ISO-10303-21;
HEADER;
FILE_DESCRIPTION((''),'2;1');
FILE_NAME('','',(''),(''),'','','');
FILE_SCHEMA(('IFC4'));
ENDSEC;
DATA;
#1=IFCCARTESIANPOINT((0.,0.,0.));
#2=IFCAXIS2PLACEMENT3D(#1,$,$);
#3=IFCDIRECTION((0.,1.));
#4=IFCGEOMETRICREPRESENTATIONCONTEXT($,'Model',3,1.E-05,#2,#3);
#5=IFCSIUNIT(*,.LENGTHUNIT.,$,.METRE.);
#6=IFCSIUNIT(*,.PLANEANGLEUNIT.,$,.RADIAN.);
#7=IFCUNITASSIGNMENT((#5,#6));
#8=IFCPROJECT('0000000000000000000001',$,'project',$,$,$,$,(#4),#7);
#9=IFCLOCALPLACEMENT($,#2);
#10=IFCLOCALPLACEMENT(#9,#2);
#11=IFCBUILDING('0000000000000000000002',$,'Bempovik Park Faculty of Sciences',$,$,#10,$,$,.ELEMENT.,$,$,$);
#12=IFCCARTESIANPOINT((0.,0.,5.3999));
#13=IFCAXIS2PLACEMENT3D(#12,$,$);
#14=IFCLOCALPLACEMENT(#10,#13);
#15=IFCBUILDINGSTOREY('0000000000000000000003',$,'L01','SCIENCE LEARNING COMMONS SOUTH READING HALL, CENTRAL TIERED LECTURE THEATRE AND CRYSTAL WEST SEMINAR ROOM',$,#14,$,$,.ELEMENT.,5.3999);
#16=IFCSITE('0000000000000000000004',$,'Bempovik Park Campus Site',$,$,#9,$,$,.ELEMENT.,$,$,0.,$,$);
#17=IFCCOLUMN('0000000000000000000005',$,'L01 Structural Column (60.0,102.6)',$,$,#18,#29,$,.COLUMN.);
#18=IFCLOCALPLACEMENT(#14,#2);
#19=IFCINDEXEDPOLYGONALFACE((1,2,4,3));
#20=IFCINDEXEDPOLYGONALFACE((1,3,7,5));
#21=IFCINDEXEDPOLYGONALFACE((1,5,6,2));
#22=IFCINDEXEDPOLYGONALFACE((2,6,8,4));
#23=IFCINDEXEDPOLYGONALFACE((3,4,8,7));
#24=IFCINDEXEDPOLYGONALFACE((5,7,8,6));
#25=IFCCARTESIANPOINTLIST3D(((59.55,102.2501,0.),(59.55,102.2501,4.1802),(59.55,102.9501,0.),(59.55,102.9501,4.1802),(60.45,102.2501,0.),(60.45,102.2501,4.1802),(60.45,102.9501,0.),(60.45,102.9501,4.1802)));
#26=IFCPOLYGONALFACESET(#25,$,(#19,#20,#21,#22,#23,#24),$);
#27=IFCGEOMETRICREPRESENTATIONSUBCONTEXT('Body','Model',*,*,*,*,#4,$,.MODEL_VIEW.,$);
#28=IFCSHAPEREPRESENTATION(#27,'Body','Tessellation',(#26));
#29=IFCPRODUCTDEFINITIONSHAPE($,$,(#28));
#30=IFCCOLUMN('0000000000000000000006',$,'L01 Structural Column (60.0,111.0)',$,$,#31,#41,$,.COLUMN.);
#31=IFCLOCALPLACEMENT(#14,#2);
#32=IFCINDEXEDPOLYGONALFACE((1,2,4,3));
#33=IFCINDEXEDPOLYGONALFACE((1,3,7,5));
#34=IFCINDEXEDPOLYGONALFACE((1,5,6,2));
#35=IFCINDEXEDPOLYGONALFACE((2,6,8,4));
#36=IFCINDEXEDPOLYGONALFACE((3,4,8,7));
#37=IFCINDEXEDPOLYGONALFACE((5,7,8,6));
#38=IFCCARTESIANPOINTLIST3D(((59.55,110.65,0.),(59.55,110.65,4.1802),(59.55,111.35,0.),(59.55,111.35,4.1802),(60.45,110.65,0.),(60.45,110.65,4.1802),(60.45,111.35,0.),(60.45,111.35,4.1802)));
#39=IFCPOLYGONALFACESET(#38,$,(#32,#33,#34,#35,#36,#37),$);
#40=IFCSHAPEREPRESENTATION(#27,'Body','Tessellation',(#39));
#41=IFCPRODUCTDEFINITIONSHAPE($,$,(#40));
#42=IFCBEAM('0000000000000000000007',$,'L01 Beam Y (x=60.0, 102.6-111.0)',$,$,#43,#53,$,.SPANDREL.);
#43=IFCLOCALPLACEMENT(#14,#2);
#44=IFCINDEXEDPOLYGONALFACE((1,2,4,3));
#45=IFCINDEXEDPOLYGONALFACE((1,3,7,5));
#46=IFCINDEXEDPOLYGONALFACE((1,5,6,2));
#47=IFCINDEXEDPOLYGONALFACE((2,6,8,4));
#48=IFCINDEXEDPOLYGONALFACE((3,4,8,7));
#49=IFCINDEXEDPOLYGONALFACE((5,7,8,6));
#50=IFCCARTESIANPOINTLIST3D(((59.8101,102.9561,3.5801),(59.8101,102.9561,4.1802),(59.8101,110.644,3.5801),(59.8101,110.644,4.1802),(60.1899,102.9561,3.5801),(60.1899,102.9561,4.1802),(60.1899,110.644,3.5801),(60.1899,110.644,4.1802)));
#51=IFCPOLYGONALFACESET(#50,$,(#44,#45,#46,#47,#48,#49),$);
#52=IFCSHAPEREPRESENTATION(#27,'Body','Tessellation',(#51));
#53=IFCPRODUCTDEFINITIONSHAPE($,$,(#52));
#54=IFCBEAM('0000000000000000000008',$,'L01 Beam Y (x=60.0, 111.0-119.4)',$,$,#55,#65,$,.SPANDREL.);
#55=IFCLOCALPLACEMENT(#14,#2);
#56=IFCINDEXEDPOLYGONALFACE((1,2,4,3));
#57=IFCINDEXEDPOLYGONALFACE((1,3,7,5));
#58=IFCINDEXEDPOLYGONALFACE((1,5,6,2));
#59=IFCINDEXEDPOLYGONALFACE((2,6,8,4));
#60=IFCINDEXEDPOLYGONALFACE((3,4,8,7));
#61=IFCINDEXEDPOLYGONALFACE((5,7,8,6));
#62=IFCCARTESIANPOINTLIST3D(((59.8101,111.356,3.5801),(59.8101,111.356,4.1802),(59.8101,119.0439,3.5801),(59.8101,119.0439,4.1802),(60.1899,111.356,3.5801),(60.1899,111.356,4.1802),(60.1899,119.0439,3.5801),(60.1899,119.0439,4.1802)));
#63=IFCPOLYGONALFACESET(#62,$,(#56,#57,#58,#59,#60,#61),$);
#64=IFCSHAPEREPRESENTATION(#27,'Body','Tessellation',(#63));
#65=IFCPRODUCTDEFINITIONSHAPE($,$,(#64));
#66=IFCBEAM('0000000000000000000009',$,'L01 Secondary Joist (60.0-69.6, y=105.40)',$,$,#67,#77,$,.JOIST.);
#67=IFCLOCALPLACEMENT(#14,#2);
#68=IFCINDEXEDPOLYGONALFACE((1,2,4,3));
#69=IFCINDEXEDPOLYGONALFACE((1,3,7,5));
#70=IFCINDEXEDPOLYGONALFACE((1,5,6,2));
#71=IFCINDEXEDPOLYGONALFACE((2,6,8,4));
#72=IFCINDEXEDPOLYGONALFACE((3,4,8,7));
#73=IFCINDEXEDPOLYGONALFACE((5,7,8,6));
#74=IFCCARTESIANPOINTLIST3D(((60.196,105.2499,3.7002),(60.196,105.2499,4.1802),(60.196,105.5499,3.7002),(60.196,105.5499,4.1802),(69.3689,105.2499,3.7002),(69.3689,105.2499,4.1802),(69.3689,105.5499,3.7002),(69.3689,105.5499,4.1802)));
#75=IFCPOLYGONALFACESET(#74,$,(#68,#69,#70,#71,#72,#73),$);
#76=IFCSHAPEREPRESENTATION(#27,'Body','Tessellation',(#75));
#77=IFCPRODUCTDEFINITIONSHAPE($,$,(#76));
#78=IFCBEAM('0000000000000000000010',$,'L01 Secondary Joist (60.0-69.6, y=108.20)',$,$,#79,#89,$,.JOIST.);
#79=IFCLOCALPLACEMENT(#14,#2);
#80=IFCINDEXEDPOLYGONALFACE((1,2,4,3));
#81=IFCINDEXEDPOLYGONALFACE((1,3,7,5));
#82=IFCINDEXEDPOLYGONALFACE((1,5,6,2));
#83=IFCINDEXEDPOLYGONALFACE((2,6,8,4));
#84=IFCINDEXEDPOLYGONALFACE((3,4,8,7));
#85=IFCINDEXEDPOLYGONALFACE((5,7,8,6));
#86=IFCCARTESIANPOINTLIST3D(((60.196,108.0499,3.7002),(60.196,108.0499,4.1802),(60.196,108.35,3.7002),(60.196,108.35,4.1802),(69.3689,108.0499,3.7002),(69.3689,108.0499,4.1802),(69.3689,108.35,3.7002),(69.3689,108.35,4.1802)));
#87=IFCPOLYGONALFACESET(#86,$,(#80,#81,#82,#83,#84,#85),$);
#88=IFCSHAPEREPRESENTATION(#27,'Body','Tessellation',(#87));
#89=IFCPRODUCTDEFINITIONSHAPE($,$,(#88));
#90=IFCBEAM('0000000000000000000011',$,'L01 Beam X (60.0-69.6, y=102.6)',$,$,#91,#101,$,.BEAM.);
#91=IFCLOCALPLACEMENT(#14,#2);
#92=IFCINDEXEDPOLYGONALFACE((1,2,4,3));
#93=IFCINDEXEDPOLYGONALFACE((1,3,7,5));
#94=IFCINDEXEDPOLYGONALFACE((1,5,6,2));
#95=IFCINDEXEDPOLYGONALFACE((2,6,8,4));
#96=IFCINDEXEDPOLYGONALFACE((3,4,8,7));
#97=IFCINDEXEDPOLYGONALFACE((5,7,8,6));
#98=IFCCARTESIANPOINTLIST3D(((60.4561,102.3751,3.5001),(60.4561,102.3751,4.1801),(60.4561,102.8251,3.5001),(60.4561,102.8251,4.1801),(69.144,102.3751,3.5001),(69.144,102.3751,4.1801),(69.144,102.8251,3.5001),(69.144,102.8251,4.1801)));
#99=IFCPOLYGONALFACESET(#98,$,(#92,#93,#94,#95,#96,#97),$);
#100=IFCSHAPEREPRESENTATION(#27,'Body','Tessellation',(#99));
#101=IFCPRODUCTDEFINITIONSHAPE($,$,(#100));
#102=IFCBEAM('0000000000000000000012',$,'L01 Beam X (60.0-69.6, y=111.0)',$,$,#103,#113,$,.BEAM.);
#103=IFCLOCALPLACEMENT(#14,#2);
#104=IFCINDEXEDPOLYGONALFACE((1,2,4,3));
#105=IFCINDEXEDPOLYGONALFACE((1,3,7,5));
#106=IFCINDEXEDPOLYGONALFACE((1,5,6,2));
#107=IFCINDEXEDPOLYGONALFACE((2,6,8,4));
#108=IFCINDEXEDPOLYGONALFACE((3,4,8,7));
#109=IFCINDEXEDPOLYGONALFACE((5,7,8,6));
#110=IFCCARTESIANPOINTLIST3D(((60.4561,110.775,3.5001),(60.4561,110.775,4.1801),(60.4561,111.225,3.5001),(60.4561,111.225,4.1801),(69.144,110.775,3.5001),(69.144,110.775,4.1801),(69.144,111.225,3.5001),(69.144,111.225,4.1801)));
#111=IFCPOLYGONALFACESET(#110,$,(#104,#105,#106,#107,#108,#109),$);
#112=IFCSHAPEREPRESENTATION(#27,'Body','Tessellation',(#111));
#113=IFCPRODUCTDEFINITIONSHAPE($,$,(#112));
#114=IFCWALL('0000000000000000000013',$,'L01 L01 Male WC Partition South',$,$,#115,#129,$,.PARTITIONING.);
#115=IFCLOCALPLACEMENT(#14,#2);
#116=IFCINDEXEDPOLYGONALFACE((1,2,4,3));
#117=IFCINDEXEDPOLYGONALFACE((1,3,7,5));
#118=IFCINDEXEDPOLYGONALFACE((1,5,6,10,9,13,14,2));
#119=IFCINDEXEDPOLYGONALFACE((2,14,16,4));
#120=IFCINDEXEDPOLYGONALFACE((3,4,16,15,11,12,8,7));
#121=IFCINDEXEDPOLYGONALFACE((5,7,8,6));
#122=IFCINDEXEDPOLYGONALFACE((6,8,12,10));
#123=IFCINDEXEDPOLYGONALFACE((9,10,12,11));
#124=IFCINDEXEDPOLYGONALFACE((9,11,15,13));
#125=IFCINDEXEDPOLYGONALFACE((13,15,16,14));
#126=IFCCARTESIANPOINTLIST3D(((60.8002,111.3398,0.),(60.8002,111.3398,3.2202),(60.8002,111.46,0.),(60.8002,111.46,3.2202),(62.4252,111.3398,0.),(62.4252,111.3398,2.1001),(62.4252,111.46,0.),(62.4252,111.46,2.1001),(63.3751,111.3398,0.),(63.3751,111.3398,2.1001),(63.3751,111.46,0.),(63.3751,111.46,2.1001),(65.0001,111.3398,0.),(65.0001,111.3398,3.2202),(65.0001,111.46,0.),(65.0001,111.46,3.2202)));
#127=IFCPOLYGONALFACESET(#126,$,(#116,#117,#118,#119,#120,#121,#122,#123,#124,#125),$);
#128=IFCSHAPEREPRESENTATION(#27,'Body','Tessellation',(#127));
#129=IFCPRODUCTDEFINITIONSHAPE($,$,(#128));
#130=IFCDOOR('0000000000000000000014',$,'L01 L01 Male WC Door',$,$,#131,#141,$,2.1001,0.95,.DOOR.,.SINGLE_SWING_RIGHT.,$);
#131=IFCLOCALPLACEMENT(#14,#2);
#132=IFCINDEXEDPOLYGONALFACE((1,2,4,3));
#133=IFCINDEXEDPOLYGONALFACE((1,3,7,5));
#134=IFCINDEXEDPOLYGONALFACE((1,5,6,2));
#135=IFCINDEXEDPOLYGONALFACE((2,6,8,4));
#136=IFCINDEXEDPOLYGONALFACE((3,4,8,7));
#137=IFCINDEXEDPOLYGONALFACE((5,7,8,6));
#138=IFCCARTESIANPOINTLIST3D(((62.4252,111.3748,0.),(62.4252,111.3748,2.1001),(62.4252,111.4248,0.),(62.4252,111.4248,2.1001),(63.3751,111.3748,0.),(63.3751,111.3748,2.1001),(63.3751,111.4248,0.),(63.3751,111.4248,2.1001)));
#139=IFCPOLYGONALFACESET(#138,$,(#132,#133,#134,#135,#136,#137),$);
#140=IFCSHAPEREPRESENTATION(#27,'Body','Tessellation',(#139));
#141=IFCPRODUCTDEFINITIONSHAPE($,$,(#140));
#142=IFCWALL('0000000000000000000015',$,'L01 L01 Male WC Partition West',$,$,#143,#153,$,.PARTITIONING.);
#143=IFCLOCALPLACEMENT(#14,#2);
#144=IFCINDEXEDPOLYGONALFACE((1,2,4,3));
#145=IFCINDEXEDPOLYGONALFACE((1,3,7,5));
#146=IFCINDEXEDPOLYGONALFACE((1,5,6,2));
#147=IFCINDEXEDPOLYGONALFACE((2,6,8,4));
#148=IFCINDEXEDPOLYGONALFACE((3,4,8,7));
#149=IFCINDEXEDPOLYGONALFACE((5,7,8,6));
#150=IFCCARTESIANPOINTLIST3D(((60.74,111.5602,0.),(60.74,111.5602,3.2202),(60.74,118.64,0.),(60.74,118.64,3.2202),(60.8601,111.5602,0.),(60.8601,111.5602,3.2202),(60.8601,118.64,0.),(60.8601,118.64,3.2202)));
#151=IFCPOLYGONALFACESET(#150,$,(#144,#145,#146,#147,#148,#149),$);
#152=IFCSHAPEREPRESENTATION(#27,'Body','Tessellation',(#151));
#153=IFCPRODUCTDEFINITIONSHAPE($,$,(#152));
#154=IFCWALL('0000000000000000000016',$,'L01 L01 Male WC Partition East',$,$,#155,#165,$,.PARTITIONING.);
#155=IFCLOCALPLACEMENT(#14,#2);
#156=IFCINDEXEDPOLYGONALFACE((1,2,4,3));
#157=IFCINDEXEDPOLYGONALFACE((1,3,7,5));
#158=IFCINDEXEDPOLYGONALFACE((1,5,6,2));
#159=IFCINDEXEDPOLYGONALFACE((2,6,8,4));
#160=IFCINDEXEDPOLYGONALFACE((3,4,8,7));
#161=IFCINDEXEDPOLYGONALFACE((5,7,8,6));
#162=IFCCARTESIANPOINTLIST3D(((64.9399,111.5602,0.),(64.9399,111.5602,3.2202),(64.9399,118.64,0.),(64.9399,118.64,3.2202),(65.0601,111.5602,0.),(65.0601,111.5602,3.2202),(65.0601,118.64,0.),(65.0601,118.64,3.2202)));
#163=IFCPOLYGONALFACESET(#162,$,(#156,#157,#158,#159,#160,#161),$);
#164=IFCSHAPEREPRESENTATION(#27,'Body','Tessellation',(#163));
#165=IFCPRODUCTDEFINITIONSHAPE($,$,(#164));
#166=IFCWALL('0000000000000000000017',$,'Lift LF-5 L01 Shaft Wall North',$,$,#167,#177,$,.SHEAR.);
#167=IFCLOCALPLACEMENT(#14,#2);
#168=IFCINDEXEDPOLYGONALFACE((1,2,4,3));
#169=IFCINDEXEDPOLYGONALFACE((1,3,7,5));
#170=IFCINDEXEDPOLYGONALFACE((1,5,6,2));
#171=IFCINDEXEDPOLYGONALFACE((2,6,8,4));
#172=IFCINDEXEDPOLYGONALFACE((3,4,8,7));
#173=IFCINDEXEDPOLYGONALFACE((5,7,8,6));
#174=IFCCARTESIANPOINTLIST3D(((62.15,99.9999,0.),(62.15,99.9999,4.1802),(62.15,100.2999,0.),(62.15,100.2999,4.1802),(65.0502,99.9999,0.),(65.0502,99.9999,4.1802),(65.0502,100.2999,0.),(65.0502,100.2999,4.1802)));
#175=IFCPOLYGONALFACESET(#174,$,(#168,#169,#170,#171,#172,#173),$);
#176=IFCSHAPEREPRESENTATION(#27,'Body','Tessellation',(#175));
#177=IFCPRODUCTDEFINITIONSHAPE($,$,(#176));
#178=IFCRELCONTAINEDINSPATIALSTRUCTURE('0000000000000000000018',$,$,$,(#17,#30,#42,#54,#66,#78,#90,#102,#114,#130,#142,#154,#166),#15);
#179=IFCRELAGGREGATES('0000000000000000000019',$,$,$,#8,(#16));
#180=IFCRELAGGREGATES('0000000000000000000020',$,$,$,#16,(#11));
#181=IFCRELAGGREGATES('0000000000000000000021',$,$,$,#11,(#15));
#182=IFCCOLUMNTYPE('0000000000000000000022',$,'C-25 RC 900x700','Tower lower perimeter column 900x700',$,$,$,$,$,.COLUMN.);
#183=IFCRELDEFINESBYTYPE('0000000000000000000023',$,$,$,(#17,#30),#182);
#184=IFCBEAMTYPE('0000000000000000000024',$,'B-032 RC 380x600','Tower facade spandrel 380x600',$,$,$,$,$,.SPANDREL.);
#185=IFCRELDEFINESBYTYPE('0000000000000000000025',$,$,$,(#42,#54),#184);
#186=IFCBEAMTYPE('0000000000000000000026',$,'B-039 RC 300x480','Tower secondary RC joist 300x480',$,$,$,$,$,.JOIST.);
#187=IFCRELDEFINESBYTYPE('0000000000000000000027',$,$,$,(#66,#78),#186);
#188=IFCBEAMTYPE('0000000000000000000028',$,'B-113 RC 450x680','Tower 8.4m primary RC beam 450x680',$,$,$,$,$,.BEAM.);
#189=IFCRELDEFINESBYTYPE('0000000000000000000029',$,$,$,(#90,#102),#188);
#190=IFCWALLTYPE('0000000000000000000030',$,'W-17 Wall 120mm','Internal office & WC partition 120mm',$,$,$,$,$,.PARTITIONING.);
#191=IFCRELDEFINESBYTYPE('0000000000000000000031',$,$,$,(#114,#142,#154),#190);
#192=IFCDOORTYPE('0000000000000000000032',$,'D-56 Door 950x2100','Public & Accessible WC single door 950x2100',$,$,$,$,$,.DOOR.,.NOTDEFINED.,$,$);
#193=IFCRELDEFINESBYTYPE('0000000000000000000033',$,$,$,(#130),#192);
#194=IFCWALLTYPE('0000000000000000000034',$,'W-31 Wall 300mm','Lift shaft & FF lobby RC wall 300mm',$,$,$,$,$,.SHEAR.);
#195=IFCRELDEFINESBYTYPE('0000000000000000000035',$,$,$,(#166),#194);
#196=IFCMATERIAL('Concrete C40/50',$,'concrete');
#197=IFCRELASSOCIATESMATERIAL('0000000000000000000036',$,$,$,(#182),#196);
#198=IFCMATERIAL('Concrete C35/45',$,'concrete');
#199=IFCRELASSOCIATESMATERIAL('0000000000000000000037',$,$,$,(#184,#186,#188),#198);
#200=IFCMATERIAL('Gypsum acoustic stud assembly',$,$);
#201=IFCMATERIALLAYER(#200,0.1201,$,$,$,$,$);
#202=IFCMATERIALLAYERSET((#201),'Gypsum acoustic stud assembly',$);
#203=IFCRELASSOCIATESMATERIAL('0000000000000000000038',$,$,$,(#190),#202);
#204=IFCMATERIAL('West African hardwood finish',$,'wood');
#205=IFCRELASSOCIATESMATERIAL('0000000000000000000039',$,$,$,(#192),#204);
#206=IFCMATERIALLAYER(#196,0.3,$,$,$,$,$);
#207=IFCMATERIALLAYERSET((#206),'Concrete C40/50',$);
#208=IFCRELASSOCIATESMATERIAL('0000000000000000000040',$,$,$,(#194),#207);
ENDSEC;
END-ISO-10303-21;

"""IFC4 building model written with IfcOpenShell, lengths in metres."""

from ifc_helpers import new_model, si_unit, direction, frame, frame_2d, origin, origin_2d, place, context, subcontext, project, spatial, rectangle, extrude, material, layer, layer_set, material_profile, profile_set, type_object, element, fill, save


model = new_model("IFC4")

# Units and contexts
model_context = context("Model", 3, precision=1e-05, world=origin(), true_north=direction((0.0, 1.0)))
body_context = subcontext(model_context, "Body", "Model", "MODEL_VIEW")
ifc_project = project(units=[si_unit("LENGTHUNIT", "METRE"), si_unit("PLANEANGLEUNIT", "RADIAN")], contexts=[model_context])

# Site, building, storey
site_placement = place(None, origin())
site = spatial("IfcSite", under=ifc_project, at=site_placement, Name="Bempovik Park Campus Site", CompositionType="ELEMENT", RefElevation=0.0)
building_placement = place(site_placement, origin())
building = spatial("IfcBuilding", under=site, at=building_placement, Name="Bempovik Park Faculty of Sciences", CompositionType="ELEMENT")
storey_placement = place(building_placement, frame((0.0, 0.0, 5.3999)))
storey = spatial("IfcBuildingStorey", under=building, at=storey_placement, Name="L01", Description="SCIENCE LEARNING COMMONS SOUTH READING HALL, CENTRAL TIERED LECTURE THEATRE AND CRYSTAL WEST SEMINAR ROOM", CompositionType="ELEMENT", Elevation=5.3999)

# Columns
ifc_material_1 = material(Name="Concrete C40/50", Category="concrete")
ifc_material_profile_1 = material_profile(ifc_material_1, rectangle(XDim=0.8999, YDim=0.7, at=origin_2d()), Name="RC 900x700")
ifc_profile_set_1 = profile_set([ifc_material_profile_1], Name="Concrete C40/50")
column_type = type_object("IfcColumnType", Name="C-25 RC 900x700", Description="Tower lower perimeter column 900x700", PredefinedType="COLUMN", material=ifc_profile_set_1)
for number, where, z_axis, x_axis, name in (
    (1, (60.0, 102.6001, 0.0), (0.0, 0.0, 1.0), (1.0, 0.0, 0.0), "L01 Structural Column (60.0,102.6)"),
    (2, (60.0, 111.0, 0.0), (0.0, 0.0, 1.0), (1.0, 0.0, 0.0), "L01 Structural Column (60.0,111.0)"),
):
    element("IfcColumn", number, at=place(storey_placement, frame(where, z_axis=z_axis, x_axis=x_axis)), inside=storey, type_object=column_type, Name=name, PredefinedType="COLUMN", context=body_context, shape_type="SweptSolid", body=[
        extrude(rectangle(XDim=0.8999, YDim=0.7, at=origin_2d()), origin(), (0.0, 0.0, 1.0), 4.1802),
    ])

# Beams
ifc_material_2 = material(Name="Concrete C35/45", Category="concrete")
ifc_material_profile_2 = material_profile(ifc_material_2, rectangle(XDim=0.3799, YDim=0.6001, at=origin_2d()), Name="RC 380x600")
ifc_profile_set_2 = profile_set([ifc_material_profile_2], Name="Concrete C35/45")
beam_type_1 = type_object("IfcBeamType", Name="B-032 RC 380x600", Description="Tower facade spandrel 380x600", PredefinedType="SPANDREL", material=ifc_profile_set_2)
for number, where, z_axis, x_axis, name in (
    (3, (60.0, 102.9561, 3.8801), (0.0, 1.0, 0.0), (-1.0, 0.0, 0.0), "L01 Beam Y (x=60.0, 102.6-111.0)"),
    (4, (60.0, 111.356, 3.8801), (0.0, 1.0, 0.0), (-1.0, 0.0, 0.0), "L01 Beam Y (x=60.0, 111.0-119.4)"),
):
    element("IfcBeam", number, at=place(storey_placement, frame(where, z_axis=z_axis, x_axis=x_axis)), inside=storey, type_object=beam_type_1, Name=name, PredefinedType="SPANDREL", context=body_context, shape_type="SweptSolid", body=[
        extrude(rectangle(XDim=0.3799, YDim=0.6001, at=origin_2d()), origin(), (0.0, 0.0, 1.0), 7.688),
    ])
ifc_material_profile_3 = material_profile(ifc_material_2, rectangle(XDim=0.3, YDim=0.48, at=origin_2d()), Name="RC 300x480")
ifc_profile_set_3 = profile_set([ifc_material_profile_3], Name="Concrete C35/45")
beam_type_2 = type_object("IfcBeamType", Name="B-039 RC 300x480", Description="Tower secondary RC joist 300x480", PredefinedType="JOIST", material=ifc_profile_set_3)
for number, where, z_axis, x_axis, name in (
    (5, (60.196, 105.3999, 3.9402), (1.0, 0.0, 0.0), (0.0, 1.0, 0.0), "L01 Secondary Joist (60.0-69.6, y=105.40)"),
    (6, (60.196, 108.2, 3.9402), (1.0, 0.0, 0.0), (0.0, 1.0, 0.0), "L01 Secondary Joist (60.0-69.6, y=108.20)"),
):
    element("IfcBeam", number, at=place(storey_placement, frame(where, z_axis=z_axis, x_axis=x_axis)), inside=storey, type_object=beam_type_2, Name=name, PredefinedType="JOIST", context=body_context, shape_type="SweptSolid", body=[
        extrude(rectangle(XDim=0.3, YDim=0.48, at=origin_2d()), origin(), (0.0, 0.0, 1.0), 9.1729),
    ])
ifc_material_profile_4 = material_profile(ifc_material_2, rectangle(XDim=0.45, YDim=0.6799, at=origin_2d()), Name="RC 450x680")
ifc_profile_set_4 = profile_set([ifc_material_profile_4], Name="Concrete C35/45")
beam_type_3 = type_object("IfcBeamType", Name="B-113 RC 450x680", Description="Tower 8.4m primary RC beam 450x680", PredefinedType="BEAM", material=ifc_profile_set_4)
for number, where, z_axis, x_axis, name in (
    (7, (60.4561, 102.6001, 3.8401), (1.0, 0.0, 0.0), (0.0, 1.0, 0.0), "L01 Beam X (60.0-69.6, y=102.6)"),
    (8, (60.4561, 111.0, 3.8401), (1.0, 0.0, 0.0), (0.0, 1.0, 0.0), "L01 Beam X (60.0-69.6, y=111.0)"),
):
    element("IfcBeam", number, at=place(storey_placement, frame(where, z_axis=z_axis, x_axis=x_axis)), inside=storey, type_object=beam_type_3, Name=name, PredefinedType="BEAM", context=body_context, shape_type="SweptSolid", body=[
        extrude(rectangle(XDim=0.45, YDim=0.6799, at=origin_2d()), origin(), (0.0, 0.0, 1.0), 8.688),
    ])

# Wall, opening, door
ifc_material_3 = material(Name="Gypsum acoustic stud assembly")
ifc_layer_1 = layer(ifc_material_3, 0.1201)
ifc_layer_set_1 = layer_set([ifc_layer_1], Name="Gypsum acoustic stud assembly")
wall_type_1 = type_object("IfcWallType", Name="W-17 Wall 120mm", Description="Internal office & WC partition 120mm", PredefinedType="PARTITIONING", material=ifc_layer_set_1)
wall_1_placement = place(storey_placement, frame((60.8, 111.3999, 0.0), z_axis=(0.0, 0.0, 1.0), x_axis=(1.0, 0.0, 0.0)))
wall_1 = element("IfcWall", 9, at=wall_1_placement, inside=storey, type_object=wall_type_1, Name="L01 L01 Male WC Partition South", PredefinedType="PARTITIONING", context=body_context, shape_type="SweptSolid", body=[
    extrude(rectangle(XDim=4.2, YDim=0.1201, at=frame_2d((2.1001, 0.0))), origin(), (0.0, 0.0, 1.0), 3.2202),
])
opening_1_placement = place(wall_1_placement, frame((1.625, 0.0, 0.0)))
opening_1 = element("IfcOpeningElement", 10, at=opening_1_placement, cuts=wall_1, PredefinedType="OPENING", context=body_context, shape_type="SweptSolid", body=[
    extrude(rectangle(XDim=0.95, YDim=2.1001, at=frame_2d((0.4751, 1.05))), frame((0.0, 0.0701, 0.0), z_axis=(0.0, -1.0, 0.0), x_axis=(1.0, 0.0, 0.0)), (0.0, 0.0, 1.0), 0.1401),
])
ifc_material_4 = material(Name="West African hardwood finish", Category="wood")
door_type = type_object("IfcDoorType", Name="D-56 Door 950x2100", Description="Public & Accessible WC single door 950x2100", OperationType="NOTDEFINED", PredefinedType="DOOR", material=ifc_material_4)
door_placement = place(opening_1_placement, origin())
door = element("IfcDoor", 11, at=door_placement, inside=storey, type_object=door_type, Name="L01 L01 Male WC Door", OperationType="SINGLE_SWING_RIGHT", OverallHeight=2.1001, OverallWidth=0.95, PredefinedType="DOOR", context=body_context, shape_type="SweptSolid", body=[
    extrude(rectangle(XDim=0.95, YDim=2.1001, at=frame_2d((0.4751, 1.05))), frame((0.0, 0.0249, 0.0), z_axis=(0.0, -1.0, 0.0), x_axis=(1.0, 0.0, 0.0)), (0.0, 0.0, 1.0), 0.05),
])
fill(opening_1, door)

# Walls
for number, where, z_axis, x_axis, name in (
    (12, (60.8, 111.5601, 0.0), (0.0, 0.0, 1.0), (0.0, 1.0, 0.0), "L01 L01 Male WC Partition West"),
    (13, (65.0, 111.5601, 0.0), (0.0, 0.0, 1.0), (0.0, 1.0, 0.0), "L01 L01 Male WC Partition East"),
):
    element("IfcWall", number, at=place(storey_placement, frame(where, z_axis=z_axis, x_axis=x_axis)), inside=storey, type_object=wall_type_1, Name=name, PredefinedType="PARTITIONING", context=body_context, shape_type="SweptSolid", body=[
        extrude(rectangle(XDim=7.0798, YDim=0.1201, at=frame_2d((3.54, 0.0))), origin(), (0.0, 0.0, 1.0), 3.2202),
    ])
ifc_layer_2 = layer(ifc_material_1, 0.3)
ifc_layer_set_2 = layer_set([ifc_layer_2], Name="Concrete C40/50")
wall_type_2 = type_object("IfcWallType", Name="W-31 Wall 300mm", Description="Lift shaft & FF lobby RC wall 300mm", PredefinedType="SHEAR", material=ifc_layer_set_2)
wall_2_placement = place(storey_placement, frame((62.1499, 100.1499, 0.0), z_axis=(0.0, 0.0, 1.0), x_axis=(1.0, 0.0, 0.0)))
element("IfcWall", 14, at=wall_2_placement, inside=storey, type_object=wall_type_2, Name="Lift LF-5 L01 Shaft Wall North", PredefinedType="SHEAR", context=body_context, shape_type="SweptSolid", body=[
    extrude(rectangle(XDim=2.9001, YDim=0.3, at=frame_2d((1.4502, 0.0))), origin(), (0.0, 0.0, 1.0), 4.1802),
])

save(model, "model.ifc")
